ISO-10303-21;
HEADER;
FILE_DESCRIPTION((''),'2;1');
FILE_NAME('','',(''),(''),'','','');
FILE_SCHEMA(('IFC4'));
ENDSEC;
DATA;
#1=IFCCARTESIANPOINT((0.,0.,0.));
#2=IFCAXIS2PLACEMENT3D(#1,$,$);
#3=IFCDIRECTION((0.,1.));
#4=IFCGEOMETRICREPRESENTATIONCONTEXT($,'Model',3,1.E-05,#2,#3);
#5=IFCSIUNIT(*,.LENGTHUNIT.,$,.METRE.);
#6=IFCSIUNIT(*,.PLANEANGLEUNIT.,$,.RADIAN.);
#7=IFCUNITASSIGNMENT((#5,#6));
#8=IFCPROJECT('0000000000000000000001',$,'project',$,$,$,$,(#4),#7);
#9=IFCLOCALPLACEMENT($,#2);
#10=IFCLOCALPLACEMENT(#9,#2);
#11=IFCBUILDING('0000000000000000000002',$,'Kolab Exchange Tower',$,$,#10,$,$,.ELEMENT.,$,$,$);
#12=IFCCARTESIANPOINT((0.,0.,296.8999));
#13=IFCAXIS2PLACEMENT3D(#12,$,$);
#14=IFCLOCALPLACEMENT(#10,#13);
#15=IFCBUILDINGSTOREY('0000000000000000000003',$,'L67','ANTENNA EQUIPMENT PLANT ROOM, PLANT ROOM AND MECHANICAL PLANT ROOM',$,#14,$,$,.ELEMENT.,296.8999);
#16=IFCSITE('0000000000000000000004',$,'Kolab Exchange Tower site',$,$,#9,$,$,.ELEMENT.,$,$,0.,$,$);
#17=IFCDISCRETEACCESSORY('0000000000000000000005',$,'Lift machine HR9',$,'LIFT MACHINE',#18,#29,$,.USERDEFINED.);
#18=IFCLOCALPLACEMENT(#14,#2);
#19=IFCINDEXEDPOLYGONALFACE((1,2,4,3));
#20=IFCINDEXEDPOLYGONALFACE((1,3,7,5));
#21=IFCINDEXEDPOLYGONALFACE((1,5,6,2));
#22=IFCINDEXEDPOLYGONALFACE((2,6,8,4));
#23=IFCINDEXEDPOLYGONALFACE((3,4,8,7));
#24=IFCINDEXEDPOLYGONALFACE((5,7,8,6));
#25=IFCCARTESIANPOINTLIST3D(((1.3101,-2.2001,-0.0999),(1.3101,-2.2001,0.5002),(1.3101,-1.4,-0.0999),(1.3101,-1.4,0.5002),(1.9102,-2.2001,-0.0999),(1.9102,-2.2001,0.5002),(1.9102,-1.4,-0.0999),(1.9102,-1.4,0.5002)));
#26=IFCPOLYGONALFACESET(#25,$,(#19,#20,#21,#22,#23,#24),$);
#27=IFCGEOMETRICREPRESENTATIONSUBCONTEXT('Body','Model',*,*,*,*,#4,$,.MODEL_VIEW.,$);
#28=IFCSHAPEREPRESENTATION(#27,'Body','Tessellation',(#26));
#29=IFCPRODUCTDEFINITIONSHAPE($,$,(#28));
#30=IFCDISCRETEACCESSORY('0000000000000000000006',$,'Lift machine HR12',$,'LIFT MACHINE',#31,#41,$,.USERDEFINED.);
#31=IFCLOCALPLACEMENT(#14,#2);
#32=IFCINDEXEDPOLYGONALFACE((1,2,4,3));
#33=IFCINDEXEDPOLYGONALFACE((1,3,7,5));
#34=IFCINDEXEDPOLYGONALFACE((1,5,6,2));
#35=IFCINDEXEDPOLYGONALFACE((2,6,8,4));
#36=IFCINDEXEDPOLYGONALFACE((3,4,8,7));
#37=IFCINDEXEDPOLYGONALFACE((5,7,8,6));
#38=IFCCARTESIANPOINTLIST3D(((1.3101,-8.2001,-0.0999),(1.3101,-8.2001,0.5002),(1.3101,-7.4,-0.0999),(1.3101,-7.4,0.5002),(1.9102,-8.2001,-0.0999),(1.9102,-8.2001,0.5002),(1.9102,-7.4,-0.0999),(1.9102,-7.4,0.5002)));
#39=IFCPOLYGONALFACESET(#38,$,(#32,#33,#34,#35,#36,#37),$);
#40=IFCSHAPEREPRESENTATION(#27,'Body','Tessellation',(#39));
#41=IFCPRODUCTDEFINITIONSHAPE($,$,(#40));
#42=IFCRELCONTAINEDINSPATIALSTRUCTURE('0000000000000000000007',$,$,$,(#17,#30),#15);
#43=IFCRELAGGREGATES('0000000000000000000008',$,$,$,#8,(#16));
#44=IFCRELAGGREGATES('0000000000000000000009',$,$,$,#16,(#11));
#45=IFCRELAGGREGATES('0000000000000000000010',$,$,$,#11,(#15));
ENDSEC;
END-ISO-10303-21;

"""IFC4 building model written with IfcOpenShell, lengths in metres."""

from ifc_helpers import new_model, si_unit, direction, frame, origin, origin_2d, place, context, subcontext, project, spatial, rectangle, extrude, element, save


model = new_model("IFC4")

# Units and contexts
model_context = context("Model", 3, precision=1e-05, world=origin(), true_north=direction((0.0, 1.0)))
body_context = subcontext(model_context, "Body", "Model", "MODEL_VIEW")
ifc_project = project(units=[si_unit("LENGTHUNIT", "METRE"), si_unit("PLANEANGLEUNIT", "RADIAN")], contexts=[model_context])

# Site, building, storey
site_placement = place(None, origin())
site = spatial("IfcSite", under=ifc_project, at=site_placement, Name="Kolab Exchange Tower site", CompositionType="ELEMENT", RefElevation=0.0)
building_placement = place(site_placement, origin())
building = spatial("IfcBuilding", under=site, at=building_placement, Name="Kolab Exchange Tower", CompositionType="ELEMENT")
storey_placement = place(building_placement, frame((0.0, 0.0, 296.8999)))
storey = spatial("IfcBuildingStorey", under=building, at=storey_placement, Name="L67", Description="ANTENNA EQUIPMENT PLANT ROOM, PLANT ROOM AND MECHANICAL PLANT ROOM", CompositionType="ELEMENT", Elevation=296.8999)

# Discrete accessories
for number, where, z_axis, x_axis, name in (
    (1, (1.6101, -1.8, -0.0999), (0.0, 0.0, 1.0), (1.0, 0.0, 0.0), "Lift machine HR9"),
    (2, (1.6101, -7.8, -0.0999), (0.0, 0.0, 1.0), (1.0, 0.0, 0.0), "Lift machine HR12"),
):
    element("IfcDiscreteAccessory", number, at=place(storey_placement, frame(where, z_axis=z_axis, x_axis=x_axis)), inside=storey, Name=name, ObjectType="LIFT MACHINE", PredefinedType="USERDEFINED", context=body_context, shape_type="SweptSolid", body=[
        extrude(rectangle(XDim=0.6001, YDim=0.8, at=origin_2d()), origin(), (0.0, 0.0, 1.0), 0.6001),
    ])

save(model, "model.ifc")
